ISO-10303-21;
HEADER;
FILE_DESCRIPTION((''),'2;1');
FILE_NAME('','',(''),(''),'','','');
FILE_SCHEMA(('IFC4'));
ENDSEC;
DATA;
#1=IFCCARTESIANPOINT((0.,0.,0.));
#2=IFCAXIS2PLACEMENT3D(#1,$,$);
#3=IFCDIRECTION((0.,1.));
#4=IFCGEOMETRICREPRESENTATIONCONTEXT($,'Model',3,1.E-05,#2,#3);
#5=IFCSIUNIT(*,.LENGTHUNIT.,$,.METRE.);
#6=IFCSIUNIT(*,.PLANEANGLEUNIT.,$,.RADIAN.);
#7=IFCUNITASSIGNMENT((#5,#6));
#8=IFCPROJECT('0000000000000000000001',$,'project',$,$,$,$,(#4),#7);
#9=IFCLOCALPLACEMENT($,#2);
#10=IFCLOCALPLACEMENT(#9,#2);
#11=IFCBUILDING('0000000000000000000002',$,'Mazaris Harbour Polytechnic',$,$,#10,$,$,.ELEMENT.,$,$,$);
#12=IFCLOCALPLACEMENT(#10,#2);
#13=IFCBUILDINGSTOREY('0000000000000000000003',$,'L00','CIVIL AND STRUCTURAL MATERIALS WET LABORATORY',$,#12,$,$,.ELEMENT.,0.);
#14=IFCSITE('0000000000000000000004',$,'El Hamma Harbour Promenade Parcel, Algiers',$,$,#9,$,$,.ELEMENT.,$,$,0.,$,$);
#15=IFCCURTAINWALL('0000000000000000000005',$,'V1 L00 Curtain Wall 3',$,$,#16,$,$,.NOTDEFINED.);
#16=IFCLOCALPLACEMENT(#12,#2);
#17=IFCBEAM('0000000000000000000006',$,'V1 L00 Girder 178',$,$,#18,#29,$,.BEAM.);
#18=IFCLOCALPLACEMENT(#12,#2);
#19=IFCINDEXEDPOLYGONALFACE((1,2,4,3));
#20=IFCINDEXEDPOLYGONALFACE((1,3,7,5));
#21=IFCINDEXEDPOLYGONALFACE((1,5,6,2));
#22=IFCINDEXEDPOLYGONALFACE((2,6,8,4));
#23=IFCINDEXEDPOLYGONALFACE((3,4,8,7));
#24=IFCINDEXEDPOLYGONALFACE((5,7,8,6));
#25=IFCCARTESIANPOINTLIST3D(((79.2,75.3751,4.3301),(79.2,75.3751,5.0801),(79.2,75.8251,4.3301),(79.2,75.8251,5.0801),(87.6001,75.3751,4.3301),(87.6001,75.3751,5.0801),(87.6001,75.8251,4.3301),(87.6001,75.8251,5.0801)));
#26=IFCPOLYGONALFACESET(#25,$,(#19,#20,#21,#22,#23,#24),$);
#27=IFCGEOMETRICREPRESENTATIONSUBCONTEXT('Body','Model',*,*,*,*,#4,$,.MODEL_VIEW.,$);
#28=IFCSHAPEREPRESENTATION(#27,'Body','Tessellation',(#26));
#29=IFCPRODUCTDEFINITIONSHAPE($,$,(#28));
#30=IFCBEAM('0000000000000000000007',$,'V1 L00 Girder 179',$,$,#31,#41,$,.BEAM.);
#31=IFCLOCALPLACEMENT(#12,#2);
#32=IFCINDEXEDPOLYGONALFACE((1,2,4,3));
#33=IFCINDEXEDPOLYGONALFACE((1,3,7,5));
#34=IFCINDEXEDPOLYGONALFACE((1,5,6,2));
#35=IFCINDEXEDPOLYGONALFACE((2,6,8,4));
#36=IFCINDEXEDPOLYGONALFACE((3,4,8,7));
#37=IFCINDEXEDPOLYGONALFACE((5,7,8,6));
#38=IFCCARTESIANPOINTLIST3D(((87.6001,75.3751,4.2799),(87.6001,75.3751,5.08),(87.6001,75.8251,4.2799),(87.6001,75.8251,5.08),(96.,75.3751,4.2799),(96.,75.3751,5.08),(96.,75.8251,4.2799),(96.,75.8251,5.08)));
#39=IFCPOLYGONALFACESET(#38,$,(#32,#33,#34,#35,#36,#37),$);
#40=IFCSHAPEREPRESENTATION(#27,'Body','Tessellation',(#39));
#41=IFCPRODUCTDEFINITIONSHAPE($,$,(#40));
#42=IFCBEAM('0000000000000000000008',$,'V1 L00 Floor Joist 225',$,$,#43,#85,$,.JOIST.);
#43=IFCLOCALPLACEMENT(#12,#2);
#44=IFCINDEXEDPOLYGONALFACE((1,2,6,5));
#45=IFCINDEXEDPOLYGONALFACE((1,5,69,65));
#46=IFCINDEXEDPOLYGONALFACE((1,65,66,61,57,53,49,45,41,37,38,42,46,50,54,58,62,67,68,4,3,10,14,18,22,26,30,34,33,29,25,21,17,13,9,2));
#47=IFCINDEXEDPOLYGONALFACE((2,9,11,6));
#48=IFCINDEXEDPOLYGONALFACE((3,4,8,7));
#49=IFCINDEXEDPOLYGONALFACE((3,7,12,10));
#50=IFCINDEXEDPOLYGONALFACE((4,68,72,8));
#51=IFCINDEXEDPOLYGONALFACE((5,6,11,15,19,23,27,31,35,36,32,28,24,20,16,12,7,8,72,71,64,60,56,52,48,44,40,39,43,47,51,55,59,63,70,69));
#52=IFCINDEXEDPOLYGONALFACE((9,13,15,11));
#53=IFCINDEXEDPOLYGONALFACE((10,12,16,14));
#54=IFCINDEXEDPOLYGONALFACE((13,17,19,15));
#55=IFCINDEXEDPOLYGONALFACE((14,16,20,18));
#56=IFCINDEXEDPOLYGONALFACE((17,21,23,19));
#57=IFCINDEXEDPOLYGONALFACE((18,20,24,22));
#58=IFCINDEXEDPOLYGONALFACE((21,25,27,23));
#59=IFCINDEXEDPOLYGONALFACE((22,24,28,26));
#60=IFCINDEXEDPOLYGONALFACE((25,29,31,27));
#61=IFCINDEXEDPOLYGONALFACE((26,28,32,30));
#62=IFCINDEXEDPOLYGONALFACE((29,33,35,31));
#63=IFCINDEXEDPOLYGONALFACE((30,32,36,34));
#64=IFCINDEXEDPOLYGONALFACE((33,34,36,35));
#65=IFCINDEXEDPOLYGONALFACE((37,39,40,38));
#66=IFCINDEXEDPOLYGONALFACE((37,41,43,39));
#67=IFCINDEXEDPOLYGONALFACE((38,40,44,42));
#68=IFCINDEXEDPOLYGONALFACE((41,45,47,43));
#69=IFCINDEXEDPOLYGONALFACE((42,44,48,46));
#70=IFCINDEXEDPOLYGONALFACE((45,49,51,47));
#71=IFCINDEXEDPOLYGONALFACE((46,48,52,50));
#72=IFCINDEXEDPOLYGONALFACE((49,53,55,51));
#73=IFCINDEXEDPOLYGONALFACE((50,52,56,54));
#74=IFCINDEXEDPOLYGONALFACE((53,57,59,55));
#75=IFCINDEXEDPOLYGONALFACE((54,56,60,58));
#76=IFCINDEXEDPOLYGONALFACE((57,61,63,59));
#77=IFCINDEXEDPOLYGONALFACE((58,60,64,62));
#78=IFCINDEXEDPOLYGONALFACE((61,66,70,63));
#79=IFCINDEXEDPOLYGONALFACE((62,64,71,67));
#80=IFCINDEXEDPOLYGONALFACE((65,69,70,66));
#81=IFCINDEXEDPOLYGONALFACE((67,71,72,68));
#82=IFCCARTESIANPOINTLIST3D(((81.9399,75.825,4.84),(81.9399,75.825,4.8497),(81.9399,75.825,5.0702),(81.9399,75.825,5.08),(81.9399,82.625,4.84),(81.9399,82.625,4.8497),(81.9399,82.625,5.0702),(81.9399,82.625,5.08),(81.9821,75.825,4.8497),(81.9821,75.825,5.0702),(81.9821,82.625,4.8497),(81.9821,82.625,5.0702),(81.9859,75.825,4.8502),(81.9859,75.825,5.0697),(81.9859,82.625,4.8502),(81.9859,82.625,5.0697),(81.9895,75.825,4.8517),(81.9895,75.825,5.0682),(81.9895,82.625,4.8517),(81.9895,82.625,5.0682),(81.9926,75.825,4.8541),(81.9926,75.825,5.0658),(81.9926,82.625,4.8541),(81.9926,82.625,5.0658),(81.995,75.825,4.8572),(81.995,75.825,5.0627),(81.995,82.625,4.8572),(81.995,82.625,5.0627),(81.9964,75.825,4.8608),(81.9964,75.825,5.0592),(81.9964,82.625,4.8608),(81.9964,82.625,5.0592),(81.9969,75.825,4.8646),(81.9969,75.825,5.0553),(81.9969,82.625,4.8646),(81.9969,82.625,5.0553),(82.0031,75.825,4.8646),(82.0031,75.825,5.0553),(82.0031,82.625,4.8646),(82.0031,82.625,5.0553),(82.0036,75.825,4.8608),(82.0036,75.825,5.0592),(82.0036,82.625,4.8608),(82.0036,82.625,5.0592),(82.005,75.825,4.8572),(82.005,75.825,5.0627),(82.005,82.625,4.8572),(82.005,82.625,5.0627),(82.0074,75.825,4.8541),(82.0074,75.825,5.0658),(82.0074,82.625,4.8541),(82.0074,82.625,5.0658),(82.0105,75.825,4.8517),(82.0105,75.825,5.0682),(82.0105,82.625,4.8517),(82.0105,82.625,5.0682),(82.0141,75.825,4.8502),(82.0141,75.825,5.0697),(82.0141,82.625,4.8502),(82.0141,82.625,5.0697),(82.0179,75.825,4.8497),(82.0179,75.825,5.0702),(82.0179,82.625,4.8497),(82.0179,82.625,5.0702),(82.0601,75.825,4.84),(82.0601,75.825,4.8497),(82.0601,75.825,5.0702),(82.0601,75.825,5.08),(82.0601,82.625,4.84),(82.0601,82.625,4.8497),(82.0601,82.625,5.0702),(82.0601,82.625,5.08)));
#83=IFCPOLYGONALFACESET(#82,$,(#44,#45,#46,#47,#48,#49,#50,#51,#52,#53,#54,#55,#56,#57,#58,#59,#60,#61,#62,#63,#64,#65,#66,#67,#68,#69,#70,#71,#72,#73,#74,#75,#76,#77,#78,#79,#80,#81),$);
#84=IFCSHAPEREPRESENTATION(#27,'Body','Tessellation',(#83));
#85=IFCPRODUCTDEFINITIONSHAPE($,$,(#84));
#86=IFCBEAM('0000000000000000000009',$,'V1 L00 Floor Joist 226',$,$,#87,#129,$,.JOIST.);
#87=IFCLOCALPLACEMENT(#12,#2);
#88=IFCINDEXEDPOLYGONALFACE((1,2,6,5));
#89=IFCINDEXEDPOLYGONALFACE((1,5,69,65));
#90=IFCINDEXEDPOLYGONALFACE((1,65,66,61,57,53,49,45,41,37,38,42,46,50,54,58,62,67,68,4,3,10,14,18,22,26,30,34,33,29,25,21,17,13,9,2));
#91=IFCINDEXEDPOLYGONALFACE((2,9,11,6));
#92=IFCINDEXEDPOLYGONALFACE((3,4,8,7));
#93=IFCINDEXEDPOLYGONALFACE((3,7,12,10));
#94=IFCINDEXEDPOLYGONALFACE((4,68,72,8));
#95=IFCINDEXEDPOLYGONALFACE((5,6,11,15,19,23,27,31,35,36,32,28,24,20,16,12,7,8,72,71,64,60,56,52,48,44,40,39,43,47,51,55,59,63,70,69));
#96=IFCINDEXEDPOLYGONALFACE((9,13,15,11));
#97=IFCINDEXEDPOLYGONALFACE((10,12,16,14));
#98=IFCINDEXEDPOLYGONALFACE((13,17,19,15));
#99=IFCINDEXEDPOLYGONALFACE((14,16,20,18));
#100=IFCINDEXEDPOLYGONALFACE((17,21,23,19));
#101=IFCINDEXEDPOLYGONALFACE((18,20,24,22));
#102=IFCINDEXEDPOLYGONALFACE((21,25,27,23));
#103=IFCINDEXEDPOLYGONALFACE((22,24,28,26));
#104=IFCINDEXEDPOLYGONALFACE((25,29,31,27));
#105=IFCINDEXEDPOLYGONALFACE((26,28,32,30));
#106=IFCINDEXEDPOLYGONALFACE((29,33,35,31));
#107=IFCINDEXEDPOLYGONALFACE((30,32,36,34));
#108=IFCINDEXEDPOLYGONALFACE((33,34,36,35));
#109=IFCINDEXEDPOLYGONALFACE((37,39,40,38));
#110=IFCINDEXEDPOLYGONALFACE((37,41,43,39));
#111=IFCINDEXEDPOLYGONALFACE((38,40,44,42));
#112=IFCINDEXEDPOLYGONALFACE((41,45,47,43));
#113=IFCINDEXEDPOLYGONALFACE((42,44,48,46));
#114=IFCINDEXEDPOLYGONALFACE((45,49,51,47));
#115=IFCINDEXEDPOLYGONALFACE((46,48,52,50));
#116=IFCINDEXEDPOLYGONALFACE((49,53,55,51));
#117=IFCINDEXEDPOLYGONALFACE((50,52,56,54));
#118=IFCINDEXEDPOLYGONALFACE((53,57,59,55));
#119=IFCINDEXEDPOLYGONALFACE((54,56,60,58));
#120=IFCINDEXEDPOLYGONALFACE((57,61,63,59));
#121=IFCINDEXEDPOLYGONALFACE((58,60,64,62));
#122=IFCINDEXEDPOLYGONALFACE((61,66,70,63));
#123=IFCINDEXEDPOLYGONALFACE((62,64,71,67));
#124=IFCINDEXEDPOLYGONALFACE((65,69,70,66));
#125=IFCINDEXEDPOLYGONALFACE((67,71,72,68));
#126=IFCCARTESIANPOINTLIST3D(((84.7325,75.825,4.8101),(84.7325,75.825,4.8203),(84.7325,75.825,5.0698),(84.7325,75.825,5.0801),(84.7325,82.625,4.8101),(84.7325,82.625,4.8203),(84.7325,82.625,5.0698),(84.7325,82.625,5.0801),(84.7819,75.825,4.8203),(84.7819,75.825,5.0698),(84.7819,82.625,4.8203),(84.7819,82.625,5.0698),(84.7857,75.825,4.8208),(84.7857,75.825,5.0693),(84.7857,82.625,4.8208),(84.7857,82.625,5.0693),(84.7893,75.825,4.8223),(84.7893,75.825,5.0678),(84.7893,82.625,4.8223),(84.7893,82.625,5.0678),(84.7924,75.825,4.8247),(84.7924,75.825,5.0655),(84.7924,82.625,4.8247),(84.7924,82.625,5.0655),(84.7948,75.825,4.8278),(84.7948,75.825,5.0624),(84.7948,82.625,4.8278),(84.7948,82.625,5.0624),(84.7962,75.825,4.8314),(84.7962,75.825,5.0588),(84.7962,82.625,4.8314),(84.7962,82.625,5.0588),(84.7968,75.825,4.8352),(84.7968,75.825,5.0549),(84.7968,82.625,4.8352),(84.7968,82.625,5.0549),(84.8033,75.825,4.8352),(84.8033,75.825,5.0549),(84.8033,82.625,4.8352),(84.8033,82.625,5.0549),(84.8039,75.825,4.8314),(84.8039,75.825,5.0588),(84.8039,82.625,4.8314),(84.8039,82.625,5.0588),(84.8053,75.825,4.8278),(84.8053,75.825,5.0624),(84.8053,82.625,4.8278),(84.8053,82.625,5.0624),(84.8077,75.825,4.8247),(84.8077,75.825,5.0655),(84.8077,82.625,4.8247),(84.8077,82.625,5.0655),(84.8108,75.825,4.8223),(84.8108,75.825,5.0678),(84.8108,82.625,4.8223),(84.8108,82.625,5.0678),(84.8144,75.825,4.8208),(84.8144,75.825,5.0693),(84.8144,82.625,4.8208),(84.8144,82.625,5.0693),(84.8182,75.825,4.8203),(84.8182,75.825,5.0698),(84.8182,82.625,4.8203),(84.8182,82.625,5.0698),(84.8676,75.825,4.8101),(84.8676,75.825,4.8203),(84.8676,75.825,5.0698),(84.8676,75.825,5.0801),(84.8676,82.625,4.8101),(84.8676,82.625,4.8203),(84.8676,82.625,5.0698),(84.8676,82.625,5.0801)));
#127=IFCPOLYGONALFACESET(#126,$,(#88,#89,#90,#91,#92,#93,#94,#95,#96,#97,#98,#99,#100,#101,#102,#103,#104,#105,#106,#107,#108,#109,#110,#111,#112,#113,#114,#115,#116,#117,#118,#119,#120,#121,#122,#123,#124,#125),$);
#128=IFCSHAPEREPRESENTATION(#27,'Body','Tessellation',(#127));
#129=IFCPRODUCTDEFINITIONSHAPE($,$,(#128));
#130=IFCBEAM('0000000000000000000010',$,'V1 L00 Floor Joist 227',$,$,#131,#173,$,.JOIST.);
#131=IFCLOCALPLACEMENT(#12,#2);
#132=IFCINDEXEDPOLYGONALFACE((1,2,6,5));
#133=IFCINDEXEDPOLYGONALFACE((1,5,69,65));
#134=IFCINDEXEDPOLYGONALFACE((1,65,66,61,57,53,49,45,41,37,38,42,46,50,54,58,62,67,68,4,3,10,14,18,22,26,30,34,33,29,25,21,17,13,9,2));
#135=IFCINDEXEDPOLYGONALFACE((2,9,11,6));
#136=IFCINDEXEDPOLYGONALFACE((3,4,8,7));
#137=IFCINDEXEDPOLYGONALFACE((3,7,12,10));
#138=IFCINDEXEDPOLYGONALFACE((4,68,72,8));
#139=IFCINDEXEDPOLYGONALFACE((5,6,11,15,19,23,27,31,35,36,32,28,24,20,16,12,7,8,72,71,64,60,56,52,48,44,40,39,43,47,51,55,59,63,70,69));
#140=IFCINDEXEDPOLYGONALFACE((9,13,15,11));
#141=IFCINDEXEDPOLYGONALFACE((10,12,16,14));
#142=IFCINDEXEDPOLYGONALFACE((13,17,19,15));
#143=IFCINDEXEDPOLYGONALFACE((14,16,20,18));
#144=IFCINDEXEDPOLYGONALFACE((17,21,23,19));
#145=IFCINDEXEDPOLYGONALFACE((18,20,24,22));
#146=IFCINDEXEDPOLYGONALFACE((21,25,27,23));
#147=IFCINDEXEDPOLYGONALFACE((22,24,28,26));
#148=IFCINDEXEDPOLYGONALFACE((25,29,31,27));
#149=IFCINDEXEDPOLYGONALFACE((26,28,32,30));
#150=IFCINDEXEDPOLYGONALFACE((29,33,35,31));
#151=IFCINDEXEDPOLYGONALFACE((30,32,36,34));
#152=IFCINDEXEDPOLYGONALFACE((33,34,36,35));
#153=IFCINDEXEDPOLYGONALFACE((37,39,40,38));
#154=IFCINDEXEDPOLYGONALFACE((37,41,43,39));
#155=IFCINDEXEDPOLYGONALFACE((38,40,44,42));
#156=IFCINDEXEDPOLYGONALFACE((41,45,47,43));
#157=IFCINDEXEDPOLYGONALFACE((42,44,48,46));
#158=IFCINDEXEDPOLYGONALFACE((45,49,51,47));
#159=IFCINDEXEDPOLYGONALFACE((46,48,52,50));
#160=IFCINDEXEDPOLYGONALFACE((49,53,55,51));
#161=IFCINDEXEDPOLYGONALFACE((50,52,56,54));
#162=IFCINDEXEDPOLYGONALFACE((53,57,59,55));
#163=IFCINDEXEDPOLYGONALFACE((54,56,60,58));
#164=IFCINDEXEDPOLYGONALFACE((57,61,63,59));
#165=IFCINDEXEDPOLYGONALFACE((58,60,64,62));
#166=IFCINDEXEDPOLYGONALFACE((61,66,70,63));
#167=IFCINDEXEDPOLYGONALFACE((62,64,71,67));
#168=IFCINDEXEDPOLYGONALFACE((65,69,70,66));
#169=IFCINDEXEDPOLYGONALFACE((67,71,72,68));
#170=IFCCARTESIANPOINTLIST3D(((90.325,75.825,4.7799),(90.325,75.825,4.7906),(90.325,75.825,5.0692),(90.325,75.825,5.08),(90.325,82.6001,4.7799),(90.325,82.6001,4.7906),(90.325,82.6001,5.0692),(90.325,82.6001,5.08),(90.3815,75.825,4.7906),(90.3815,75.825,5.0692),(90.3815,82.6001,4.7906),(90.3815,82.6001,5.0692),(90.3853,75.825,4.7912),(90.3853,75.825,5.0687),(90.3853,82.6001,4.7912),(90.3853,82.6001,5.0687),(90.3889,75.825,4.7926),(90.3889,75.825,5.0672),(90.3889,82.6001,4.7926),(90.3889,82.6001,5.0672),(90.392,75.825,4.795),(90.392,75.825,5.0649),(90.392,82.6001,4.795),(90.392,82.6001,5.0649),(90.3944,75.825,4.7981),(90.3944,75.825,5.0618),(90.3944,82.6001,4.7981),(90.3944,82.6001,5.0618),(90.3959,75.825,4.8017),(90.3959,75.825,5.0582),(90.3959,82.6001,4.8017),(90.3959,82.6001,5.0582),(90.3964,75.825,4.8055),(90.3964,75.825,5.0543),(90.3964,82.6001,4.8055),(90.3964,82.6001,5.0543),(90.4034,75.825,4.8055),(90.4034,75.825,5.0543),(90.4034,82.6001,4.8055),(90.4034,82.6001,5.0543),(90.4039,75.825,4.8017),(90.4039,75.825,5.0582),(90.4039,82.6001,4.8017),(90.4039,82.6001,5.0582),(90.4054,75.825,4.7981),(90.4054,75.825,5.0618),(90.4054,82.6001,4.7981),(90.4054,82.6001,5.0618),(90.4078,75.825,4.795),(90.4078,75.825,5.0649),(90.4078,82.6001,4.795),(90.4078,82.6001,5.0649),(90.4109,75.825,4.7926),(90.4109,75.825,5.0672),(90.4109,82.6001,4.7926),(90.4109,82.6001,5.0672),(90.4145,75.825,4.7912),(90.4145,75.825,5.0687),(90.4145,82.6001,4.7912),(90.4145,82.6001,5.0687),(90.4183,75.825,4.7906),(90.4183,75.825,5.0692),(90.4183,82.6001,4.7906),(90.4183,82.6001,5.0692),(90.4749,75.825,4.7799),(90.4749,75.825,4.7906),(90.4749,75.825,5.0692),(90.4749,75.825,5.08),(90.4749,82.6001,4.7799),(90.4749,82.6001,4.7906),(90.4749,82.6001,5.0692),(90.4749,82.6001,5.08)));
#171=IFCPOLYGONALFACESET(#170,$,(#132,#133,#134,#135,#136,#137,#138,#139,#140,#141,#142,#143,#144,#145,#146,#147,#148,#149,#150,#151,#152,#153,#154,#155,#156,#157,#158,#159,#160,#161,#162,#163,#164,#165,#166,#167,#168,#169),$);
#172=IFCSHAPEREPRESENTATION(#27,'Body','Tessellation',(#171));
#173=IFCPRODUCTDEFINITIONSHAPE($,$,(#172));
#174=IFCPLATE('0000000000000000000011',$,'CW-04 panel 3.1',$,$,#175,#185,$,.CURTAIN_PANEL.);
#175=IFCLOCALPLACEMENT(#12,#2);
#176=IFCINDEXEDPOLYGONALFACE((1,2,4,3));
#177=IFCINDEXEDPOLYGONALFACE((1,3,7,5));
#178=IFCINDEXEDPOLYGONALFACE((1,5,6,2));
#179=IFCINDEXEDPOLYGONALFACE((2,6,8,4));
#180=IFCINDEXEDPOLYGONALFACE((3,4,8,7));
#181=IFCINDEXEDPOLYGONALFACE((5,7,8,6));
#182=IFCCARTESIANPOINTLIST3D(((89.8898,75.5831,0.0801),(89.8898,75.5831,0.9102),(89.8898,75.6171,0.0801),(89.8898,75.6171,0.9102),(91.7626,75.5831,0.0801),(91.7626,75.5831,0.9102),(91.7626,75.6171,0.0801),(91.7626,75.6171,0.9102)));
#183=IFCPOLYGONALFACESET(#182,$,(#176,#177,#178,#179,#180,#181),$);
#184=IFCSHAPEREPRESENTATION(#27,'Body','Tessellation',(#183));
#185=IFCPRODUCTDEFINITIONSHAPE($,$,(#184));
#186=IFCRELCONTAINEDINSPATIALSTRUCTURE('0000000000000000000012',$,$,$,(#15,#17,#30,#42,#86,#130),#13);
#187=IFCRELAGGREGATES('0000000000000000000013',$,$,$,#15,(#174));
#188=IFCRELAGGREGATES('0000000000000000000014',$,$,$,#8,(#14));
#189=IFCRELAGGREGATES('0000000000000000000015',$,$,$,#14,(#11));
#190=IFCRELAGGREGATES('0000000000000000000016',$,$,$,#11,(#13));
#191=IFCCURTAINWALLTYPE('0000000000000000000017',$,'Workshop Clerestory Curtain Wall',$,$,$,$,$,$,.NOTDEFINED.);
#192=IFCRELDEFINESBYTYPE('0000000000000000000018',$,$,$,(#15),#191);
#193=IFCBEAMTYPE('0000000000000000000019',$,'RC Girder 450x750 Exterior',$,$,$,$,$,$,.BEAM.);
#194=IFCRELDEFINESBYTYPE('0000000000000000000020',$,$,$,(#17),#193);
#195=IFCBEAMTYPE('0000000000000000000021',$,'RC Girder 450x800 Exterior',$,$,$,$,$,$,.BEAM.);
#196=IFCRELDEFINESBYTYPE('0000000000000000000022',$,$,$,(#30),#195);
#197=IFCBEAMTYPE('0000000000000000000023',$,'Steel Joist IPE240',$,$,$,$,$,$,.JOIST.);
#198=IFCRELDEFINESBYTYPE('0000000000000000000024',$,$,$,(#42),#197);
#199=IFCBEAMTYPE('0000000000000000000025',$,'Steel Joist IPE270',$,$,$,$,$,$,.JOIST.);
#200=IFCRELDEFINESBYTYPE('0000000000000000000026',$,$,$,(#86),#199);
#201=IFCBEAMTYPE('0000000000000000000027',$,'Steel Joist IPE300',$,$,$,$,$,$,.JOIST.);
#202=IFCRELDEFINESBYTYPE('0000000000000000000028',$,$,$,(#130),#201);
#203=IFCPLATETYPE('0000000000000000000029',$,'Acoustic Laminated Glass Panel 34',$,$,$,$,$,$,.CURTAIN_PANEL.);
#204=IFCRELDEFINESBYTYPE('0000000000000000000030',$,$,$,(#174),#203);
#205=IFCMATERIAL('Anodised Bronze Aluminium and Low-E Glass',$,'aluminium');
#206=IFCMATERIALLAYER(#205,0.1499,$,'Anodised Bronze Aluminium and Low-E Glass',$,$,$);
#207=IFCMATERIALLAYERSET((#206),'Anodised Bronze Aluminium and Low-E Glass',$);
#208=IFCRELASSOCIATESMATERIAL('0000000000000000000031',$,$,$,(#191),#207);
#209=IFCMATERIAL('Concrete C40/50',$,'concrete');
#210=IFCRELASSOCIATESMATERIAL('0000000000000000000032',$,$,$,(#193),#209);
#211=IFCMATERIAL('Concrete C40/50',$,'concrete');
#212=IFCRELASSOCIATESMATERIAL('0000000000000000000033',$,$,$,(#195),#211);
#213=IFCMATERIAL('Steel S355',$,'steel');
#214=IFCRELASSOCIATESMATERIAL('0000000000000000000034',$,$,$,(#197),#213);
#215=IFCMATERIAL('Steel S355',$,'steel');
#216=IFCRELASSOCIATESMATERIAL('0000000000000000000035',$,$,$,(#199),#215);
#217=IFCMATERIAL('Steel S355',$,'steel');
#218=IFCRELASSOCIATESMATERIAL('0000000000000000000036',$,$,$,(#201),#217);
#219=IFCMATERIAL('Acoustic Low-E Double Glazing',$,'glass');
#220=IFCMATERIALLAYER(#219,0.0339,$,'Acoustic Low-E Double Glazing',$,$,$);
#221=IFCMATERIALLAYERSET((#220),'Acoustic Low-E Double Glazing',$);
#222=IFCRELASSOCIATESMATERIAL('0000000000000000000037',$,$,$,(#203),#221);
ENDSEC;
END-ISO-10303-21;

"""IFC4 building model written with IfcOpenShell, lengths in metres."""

from ifc_helpers import new_model, si_unit, direction, frame, origin, origin_2d, place, context, subcontext, project, spatial, rectangle, i_section, extrude, material, layer, layer_set, material_profile, profile_set, type_object, element, aggregate, save


model = new_model("IFC4")

# Units and contexts
model_context = context("Model", 3, precision=1e-05, world=origin(), true_north=direction((0.0, 1.0)))
body_context = subcontext(model_context, "Body", "Model", "MODEL_VIEW")
ifc_project = project(units=[si_unit("LENGTHUNIT", "METRE"), si_unit("PLANEANGLEUNIT", "RADIAN")], contexts=[model_context])

# Site, building, storey
site_placement = place(None, origin())
site = spatial("IfcSite", under=ifc_project, at=site_placement, Name="El Hamma Harbour Promenade Parcel, Algiers", CompositionType="ELEMENT", RefElevation=0.0)
building_placement = place(site_placement, origin())
building = spatial("IfcBuilding", under=site, at=building_placement, Name="Mazaris Harbour Polytechnic", CompositionType="ELEMENT")
storey_placement = place(building_placement, origin())
storey = spatial("IfcBuildingStorey", under=building, at=storey_placement, Name="L00", Description="CIVIL AND STRUCTURAL MATERIALS WET LABORATORY", CompositionType="ELEMENT", Elevation=0.0)

# Curtain wall
ifc_material_1 = material(Name="Anodised Bronze Aluminium and Low-E Glass", Category="aluminium")
ifc_layer_1 = layer(ifc_material_1, 0.1499, Name="Anodised Bronze Aluminium and Low-E Glass")
ifc_layer_set_1 = layer_set([ifc_layer_1], Name="Anodised Bronze Aluminium and Low-E Glass")
curtain_wall_type = type_object("IfcCurtainWallType", Name="Workshop Clerestory Curtain Wall", PredefinedType="NOTDEFINED", material=ifc_layer_set_1)
curtain_wall_placement = place(storey_placement, origin())
curtain_wall = element("IfcCurtainWall", 1, at=curtain_wall_placement, inside=storey, type_object=curtain_wall_type, Name="V1 L00 Curtain Wall 3", PredefinedType="NOTDEFINED")

# Beams
ifc_material_2 = material(Name="Concrete C40/50", Category="concrete")
ifc_material_profile_1 = material_profile(ifc_material_2, rectangle(XDim=0.45, YDim=0.75, at=origin_2d()), Name="RECT450x750")
ifc_profile_set_1 = profile_set([ifc_material_profile_1], Name="Concrete C40/50")
beam_type_1 = type_object("IfcBeamType", Name="RC Girder 450x750 Exterior", PredefinedType="BEAM", material=ifc_profile_set_1)
beam_1_placement = place(storey_placement, frame((79.2, 75.6001, 4.7051), z_axis=(1.0, 0.0, 0.0), x_axis=(0.0, 1.0, 0.0)))
element("IfcBeam", 2, at=beam_1_placement, inside=storey, type_object=beam_type_1, Name="V1 L00 Girder 178", PredefinedType="BEAM", context=body_context, shape_type="SweptSolid", body=[
    extrude(rectangle(XDim=0.45, YDim=0.75, at=origin_2d()), origin(), (0.0, 0.0, 1.0), 8.4001),
])
ifc_material_3 = material(Name="Concrete C40/50", Category="concrete")
ifc_material_profile_2 = material_profile(ifc_material_3, rectangle(XDim=0.45, YDim=0.8, at=origin_2d()), Name="RECT450x800")
ifc_profile_set_2 = profile_set([ifc_material_profile_2], Name="Concrete C40/50")
beam_type_2 = type_object("IfcBeamType", Name="RC Girder 450x800 Exterior", PredefinedType="BEAM", material=ifc_profile_set_2)
beam_2_placement = place(storey_placement, frame((87.6001, 75.6001, 4.6799), z_axis=(1.0, 0.0, 0.0), x_axis=(0.0, 1.0, 0.0)))
element("IfcBeam", 3, at=beam_2_placement, inside=storey, type_object=beam_type_2, Name="V1 L00 Girder 179", PredefinedType="BEAM", context=body_context, shape_type="SweptSolid", body=[
    extrude(rectangle(XDim=0.45, YDim=0.8, at=origin_2d()), origin(), (0.0, 0.0, 1.0), 8.3999),
])
ifc_material_4 = material(Name="Steel S355", Category="steel")
ifc_material_profile_3 = material_profile(ifc_material_4, i_section(OverallWidth=0.1201, OverallDepth=0.24, WebThickness=0.0061, FlangeThickness=0.0098, FilletRadius=0.0149, at=origin_2d()), Name="IPE 240")
ifc_profile_set_3 = profile_set([ifc_material_profile_3], Name="Steel S355")
beam_type_3 = type_object("IfcBeamType", Name="Steel Joist IPE240", PredefinedType="JOIST", material=ifc_profile_set_3)
beam_3_placement = place(storey_placement, frame((82.0, 75.825, 4.96), z_axis=(0.0, 1.0, 0.0), x_axis=(-1.0, 0.0, 0.0)))
element("IfcBeam", 4, at=beam_3_placement, inside=storey, type_object=beam_type_3, Name="V1 L00 Floor Joist 225", PredefinedType="JOIST", context=body_context, shape_type="SweptSolid", body=[
    extrude(i_section(OverallWidth=0.1201, OverallDepth=0.24, WebThickness=0.0061, FlangeThickness=0.0098, FilletRadius=0.0149, at=origin_2d()), origin(), (0.0, 0.0, 1.0), 6.8),
])
ifc_material_5 = material(Name="Steel S355", Category="steel")
ifc_material_profile_4 = material_profile(ifc_material_5, i_section(OverallWidth=0.135, OverallDepth=0.27, WebThickness=0.0066, FlangeThickness=0.0103, FilletRadius=0.0149, at=origin_2d()), Name="IPE 270")
ifc_profile_set_4 = profile_set([ifc_material_profile_4], Name="Steel S355")
beam_type_4 = type_object("IfcBeamType", Name="Steel Joist IPE270", PredefinedType="JOIST", material=ifc_profile_set_4)
beam_4_placement = place(storey_placement, frame((84.8, 75.825, 4.9451), z_axis=(0.0, 1.0, 0.0), x_axis=(-1.0, 0.0, 0.0)))
element("IfcBeam", 5, at=beam_4_placement, inside=storey, type_object=beam_type_4, Name="V1 L00 Floor Joist 226", PredefinedType="JOIST", context=body_context, shape_type="SweptSolid", body=[
    extrude(i_section(OverallWidth=0.135, OverallDepth=0.27, WebThickness=0.0066, FlangeThickness=0.0103, FilletRadius=0.0149, at=origin_2d()), origin(), (0.0, 0.0, 1.0), 6.8),
])
ifc_material_6 = material(Name="Steel S355", Category="steel")
ifc_material_profile_5 = material_profile(ifc_material_6, i_section(OverallWidth=0.1499, OverallDepth=0.3, WebThickness=0.0071, FlangeThickness=0.0107, FilletRadius=0.0149, at=origin_2d()), Name="IPE 300")
ifc_profile_set_5 = profile_set([ifc_material_profile_5], Name="Steel S355")
beam_type_5 = type_object("IfcBeamType", Name="Steel Joist IPE300", PredefinedType="JOIST", material=ifc_profile_set_5)
beam_5_placement = place(storey_placement, frame((90.3999, 75.825, 4.9299), z_axis=(0.0, 1.0, 0.0), x_axis=(-1.0, 0.0, 0.0)))
element("IfcBeam", 6, at=beam_5_placement, inside=storey, type_object=beam_type_5, Name="V1 L00 Floor Joist 227", PredefinedType="JOIST", context=body_context, shape_type="SweptSolid", body=[
    extrude(i_section(OverallWidth=0.1499, OverallDepth=0.3, WebThickness=0.0071, FlangeThickness=0.0107, FilletRadius=0.0149, at=origin_2d()), origin(), (0.0, 0.0, 1.0), 6.7751),
])

# Plate
ifc_material_7 = material(Name="Acoustic Low-E Double Glazing", Category="glass")
ifc_layer_2 = layer(ifc_material_7, 0.0339, Name="Acoustic Low-E Double Glazing")
ifc_layer_set_2 = layer_set([ifc_layer_2], Name="Acoustic Low-E Double Glazing")
plate_type_1 = type_object("IfcPlateType", Name="Acoustic Laminated Glass Panel 34", PredefinedType="CURTAIN_PANEL", material=ifc_layer_set_2)
plate_1_placement = place(storey_placement, frame((90.8262, 75.6001, 0.0801), z_axis=(0.0, 0.0, 1.0), x_axis=(-1.0, 0.0, 0.0)))
plate_1 = element("IfcPlate", 7, at=plate_1_placement, type_object=plate_type_1, Name="CW-04 panel 3.1", PredefinedType="CURTAIN_PANEL", context=body_context, shape_type="SweptSolid", body=[
    extrude(rectangle(XDim=1.8728, YDim=0.0339, at=origin_2d()), origin(), (0.0, 0.0, 1.0), 0.8301),
])
aggregate(curtain_wall, [plate_1])

save(model, "model.ifc")
